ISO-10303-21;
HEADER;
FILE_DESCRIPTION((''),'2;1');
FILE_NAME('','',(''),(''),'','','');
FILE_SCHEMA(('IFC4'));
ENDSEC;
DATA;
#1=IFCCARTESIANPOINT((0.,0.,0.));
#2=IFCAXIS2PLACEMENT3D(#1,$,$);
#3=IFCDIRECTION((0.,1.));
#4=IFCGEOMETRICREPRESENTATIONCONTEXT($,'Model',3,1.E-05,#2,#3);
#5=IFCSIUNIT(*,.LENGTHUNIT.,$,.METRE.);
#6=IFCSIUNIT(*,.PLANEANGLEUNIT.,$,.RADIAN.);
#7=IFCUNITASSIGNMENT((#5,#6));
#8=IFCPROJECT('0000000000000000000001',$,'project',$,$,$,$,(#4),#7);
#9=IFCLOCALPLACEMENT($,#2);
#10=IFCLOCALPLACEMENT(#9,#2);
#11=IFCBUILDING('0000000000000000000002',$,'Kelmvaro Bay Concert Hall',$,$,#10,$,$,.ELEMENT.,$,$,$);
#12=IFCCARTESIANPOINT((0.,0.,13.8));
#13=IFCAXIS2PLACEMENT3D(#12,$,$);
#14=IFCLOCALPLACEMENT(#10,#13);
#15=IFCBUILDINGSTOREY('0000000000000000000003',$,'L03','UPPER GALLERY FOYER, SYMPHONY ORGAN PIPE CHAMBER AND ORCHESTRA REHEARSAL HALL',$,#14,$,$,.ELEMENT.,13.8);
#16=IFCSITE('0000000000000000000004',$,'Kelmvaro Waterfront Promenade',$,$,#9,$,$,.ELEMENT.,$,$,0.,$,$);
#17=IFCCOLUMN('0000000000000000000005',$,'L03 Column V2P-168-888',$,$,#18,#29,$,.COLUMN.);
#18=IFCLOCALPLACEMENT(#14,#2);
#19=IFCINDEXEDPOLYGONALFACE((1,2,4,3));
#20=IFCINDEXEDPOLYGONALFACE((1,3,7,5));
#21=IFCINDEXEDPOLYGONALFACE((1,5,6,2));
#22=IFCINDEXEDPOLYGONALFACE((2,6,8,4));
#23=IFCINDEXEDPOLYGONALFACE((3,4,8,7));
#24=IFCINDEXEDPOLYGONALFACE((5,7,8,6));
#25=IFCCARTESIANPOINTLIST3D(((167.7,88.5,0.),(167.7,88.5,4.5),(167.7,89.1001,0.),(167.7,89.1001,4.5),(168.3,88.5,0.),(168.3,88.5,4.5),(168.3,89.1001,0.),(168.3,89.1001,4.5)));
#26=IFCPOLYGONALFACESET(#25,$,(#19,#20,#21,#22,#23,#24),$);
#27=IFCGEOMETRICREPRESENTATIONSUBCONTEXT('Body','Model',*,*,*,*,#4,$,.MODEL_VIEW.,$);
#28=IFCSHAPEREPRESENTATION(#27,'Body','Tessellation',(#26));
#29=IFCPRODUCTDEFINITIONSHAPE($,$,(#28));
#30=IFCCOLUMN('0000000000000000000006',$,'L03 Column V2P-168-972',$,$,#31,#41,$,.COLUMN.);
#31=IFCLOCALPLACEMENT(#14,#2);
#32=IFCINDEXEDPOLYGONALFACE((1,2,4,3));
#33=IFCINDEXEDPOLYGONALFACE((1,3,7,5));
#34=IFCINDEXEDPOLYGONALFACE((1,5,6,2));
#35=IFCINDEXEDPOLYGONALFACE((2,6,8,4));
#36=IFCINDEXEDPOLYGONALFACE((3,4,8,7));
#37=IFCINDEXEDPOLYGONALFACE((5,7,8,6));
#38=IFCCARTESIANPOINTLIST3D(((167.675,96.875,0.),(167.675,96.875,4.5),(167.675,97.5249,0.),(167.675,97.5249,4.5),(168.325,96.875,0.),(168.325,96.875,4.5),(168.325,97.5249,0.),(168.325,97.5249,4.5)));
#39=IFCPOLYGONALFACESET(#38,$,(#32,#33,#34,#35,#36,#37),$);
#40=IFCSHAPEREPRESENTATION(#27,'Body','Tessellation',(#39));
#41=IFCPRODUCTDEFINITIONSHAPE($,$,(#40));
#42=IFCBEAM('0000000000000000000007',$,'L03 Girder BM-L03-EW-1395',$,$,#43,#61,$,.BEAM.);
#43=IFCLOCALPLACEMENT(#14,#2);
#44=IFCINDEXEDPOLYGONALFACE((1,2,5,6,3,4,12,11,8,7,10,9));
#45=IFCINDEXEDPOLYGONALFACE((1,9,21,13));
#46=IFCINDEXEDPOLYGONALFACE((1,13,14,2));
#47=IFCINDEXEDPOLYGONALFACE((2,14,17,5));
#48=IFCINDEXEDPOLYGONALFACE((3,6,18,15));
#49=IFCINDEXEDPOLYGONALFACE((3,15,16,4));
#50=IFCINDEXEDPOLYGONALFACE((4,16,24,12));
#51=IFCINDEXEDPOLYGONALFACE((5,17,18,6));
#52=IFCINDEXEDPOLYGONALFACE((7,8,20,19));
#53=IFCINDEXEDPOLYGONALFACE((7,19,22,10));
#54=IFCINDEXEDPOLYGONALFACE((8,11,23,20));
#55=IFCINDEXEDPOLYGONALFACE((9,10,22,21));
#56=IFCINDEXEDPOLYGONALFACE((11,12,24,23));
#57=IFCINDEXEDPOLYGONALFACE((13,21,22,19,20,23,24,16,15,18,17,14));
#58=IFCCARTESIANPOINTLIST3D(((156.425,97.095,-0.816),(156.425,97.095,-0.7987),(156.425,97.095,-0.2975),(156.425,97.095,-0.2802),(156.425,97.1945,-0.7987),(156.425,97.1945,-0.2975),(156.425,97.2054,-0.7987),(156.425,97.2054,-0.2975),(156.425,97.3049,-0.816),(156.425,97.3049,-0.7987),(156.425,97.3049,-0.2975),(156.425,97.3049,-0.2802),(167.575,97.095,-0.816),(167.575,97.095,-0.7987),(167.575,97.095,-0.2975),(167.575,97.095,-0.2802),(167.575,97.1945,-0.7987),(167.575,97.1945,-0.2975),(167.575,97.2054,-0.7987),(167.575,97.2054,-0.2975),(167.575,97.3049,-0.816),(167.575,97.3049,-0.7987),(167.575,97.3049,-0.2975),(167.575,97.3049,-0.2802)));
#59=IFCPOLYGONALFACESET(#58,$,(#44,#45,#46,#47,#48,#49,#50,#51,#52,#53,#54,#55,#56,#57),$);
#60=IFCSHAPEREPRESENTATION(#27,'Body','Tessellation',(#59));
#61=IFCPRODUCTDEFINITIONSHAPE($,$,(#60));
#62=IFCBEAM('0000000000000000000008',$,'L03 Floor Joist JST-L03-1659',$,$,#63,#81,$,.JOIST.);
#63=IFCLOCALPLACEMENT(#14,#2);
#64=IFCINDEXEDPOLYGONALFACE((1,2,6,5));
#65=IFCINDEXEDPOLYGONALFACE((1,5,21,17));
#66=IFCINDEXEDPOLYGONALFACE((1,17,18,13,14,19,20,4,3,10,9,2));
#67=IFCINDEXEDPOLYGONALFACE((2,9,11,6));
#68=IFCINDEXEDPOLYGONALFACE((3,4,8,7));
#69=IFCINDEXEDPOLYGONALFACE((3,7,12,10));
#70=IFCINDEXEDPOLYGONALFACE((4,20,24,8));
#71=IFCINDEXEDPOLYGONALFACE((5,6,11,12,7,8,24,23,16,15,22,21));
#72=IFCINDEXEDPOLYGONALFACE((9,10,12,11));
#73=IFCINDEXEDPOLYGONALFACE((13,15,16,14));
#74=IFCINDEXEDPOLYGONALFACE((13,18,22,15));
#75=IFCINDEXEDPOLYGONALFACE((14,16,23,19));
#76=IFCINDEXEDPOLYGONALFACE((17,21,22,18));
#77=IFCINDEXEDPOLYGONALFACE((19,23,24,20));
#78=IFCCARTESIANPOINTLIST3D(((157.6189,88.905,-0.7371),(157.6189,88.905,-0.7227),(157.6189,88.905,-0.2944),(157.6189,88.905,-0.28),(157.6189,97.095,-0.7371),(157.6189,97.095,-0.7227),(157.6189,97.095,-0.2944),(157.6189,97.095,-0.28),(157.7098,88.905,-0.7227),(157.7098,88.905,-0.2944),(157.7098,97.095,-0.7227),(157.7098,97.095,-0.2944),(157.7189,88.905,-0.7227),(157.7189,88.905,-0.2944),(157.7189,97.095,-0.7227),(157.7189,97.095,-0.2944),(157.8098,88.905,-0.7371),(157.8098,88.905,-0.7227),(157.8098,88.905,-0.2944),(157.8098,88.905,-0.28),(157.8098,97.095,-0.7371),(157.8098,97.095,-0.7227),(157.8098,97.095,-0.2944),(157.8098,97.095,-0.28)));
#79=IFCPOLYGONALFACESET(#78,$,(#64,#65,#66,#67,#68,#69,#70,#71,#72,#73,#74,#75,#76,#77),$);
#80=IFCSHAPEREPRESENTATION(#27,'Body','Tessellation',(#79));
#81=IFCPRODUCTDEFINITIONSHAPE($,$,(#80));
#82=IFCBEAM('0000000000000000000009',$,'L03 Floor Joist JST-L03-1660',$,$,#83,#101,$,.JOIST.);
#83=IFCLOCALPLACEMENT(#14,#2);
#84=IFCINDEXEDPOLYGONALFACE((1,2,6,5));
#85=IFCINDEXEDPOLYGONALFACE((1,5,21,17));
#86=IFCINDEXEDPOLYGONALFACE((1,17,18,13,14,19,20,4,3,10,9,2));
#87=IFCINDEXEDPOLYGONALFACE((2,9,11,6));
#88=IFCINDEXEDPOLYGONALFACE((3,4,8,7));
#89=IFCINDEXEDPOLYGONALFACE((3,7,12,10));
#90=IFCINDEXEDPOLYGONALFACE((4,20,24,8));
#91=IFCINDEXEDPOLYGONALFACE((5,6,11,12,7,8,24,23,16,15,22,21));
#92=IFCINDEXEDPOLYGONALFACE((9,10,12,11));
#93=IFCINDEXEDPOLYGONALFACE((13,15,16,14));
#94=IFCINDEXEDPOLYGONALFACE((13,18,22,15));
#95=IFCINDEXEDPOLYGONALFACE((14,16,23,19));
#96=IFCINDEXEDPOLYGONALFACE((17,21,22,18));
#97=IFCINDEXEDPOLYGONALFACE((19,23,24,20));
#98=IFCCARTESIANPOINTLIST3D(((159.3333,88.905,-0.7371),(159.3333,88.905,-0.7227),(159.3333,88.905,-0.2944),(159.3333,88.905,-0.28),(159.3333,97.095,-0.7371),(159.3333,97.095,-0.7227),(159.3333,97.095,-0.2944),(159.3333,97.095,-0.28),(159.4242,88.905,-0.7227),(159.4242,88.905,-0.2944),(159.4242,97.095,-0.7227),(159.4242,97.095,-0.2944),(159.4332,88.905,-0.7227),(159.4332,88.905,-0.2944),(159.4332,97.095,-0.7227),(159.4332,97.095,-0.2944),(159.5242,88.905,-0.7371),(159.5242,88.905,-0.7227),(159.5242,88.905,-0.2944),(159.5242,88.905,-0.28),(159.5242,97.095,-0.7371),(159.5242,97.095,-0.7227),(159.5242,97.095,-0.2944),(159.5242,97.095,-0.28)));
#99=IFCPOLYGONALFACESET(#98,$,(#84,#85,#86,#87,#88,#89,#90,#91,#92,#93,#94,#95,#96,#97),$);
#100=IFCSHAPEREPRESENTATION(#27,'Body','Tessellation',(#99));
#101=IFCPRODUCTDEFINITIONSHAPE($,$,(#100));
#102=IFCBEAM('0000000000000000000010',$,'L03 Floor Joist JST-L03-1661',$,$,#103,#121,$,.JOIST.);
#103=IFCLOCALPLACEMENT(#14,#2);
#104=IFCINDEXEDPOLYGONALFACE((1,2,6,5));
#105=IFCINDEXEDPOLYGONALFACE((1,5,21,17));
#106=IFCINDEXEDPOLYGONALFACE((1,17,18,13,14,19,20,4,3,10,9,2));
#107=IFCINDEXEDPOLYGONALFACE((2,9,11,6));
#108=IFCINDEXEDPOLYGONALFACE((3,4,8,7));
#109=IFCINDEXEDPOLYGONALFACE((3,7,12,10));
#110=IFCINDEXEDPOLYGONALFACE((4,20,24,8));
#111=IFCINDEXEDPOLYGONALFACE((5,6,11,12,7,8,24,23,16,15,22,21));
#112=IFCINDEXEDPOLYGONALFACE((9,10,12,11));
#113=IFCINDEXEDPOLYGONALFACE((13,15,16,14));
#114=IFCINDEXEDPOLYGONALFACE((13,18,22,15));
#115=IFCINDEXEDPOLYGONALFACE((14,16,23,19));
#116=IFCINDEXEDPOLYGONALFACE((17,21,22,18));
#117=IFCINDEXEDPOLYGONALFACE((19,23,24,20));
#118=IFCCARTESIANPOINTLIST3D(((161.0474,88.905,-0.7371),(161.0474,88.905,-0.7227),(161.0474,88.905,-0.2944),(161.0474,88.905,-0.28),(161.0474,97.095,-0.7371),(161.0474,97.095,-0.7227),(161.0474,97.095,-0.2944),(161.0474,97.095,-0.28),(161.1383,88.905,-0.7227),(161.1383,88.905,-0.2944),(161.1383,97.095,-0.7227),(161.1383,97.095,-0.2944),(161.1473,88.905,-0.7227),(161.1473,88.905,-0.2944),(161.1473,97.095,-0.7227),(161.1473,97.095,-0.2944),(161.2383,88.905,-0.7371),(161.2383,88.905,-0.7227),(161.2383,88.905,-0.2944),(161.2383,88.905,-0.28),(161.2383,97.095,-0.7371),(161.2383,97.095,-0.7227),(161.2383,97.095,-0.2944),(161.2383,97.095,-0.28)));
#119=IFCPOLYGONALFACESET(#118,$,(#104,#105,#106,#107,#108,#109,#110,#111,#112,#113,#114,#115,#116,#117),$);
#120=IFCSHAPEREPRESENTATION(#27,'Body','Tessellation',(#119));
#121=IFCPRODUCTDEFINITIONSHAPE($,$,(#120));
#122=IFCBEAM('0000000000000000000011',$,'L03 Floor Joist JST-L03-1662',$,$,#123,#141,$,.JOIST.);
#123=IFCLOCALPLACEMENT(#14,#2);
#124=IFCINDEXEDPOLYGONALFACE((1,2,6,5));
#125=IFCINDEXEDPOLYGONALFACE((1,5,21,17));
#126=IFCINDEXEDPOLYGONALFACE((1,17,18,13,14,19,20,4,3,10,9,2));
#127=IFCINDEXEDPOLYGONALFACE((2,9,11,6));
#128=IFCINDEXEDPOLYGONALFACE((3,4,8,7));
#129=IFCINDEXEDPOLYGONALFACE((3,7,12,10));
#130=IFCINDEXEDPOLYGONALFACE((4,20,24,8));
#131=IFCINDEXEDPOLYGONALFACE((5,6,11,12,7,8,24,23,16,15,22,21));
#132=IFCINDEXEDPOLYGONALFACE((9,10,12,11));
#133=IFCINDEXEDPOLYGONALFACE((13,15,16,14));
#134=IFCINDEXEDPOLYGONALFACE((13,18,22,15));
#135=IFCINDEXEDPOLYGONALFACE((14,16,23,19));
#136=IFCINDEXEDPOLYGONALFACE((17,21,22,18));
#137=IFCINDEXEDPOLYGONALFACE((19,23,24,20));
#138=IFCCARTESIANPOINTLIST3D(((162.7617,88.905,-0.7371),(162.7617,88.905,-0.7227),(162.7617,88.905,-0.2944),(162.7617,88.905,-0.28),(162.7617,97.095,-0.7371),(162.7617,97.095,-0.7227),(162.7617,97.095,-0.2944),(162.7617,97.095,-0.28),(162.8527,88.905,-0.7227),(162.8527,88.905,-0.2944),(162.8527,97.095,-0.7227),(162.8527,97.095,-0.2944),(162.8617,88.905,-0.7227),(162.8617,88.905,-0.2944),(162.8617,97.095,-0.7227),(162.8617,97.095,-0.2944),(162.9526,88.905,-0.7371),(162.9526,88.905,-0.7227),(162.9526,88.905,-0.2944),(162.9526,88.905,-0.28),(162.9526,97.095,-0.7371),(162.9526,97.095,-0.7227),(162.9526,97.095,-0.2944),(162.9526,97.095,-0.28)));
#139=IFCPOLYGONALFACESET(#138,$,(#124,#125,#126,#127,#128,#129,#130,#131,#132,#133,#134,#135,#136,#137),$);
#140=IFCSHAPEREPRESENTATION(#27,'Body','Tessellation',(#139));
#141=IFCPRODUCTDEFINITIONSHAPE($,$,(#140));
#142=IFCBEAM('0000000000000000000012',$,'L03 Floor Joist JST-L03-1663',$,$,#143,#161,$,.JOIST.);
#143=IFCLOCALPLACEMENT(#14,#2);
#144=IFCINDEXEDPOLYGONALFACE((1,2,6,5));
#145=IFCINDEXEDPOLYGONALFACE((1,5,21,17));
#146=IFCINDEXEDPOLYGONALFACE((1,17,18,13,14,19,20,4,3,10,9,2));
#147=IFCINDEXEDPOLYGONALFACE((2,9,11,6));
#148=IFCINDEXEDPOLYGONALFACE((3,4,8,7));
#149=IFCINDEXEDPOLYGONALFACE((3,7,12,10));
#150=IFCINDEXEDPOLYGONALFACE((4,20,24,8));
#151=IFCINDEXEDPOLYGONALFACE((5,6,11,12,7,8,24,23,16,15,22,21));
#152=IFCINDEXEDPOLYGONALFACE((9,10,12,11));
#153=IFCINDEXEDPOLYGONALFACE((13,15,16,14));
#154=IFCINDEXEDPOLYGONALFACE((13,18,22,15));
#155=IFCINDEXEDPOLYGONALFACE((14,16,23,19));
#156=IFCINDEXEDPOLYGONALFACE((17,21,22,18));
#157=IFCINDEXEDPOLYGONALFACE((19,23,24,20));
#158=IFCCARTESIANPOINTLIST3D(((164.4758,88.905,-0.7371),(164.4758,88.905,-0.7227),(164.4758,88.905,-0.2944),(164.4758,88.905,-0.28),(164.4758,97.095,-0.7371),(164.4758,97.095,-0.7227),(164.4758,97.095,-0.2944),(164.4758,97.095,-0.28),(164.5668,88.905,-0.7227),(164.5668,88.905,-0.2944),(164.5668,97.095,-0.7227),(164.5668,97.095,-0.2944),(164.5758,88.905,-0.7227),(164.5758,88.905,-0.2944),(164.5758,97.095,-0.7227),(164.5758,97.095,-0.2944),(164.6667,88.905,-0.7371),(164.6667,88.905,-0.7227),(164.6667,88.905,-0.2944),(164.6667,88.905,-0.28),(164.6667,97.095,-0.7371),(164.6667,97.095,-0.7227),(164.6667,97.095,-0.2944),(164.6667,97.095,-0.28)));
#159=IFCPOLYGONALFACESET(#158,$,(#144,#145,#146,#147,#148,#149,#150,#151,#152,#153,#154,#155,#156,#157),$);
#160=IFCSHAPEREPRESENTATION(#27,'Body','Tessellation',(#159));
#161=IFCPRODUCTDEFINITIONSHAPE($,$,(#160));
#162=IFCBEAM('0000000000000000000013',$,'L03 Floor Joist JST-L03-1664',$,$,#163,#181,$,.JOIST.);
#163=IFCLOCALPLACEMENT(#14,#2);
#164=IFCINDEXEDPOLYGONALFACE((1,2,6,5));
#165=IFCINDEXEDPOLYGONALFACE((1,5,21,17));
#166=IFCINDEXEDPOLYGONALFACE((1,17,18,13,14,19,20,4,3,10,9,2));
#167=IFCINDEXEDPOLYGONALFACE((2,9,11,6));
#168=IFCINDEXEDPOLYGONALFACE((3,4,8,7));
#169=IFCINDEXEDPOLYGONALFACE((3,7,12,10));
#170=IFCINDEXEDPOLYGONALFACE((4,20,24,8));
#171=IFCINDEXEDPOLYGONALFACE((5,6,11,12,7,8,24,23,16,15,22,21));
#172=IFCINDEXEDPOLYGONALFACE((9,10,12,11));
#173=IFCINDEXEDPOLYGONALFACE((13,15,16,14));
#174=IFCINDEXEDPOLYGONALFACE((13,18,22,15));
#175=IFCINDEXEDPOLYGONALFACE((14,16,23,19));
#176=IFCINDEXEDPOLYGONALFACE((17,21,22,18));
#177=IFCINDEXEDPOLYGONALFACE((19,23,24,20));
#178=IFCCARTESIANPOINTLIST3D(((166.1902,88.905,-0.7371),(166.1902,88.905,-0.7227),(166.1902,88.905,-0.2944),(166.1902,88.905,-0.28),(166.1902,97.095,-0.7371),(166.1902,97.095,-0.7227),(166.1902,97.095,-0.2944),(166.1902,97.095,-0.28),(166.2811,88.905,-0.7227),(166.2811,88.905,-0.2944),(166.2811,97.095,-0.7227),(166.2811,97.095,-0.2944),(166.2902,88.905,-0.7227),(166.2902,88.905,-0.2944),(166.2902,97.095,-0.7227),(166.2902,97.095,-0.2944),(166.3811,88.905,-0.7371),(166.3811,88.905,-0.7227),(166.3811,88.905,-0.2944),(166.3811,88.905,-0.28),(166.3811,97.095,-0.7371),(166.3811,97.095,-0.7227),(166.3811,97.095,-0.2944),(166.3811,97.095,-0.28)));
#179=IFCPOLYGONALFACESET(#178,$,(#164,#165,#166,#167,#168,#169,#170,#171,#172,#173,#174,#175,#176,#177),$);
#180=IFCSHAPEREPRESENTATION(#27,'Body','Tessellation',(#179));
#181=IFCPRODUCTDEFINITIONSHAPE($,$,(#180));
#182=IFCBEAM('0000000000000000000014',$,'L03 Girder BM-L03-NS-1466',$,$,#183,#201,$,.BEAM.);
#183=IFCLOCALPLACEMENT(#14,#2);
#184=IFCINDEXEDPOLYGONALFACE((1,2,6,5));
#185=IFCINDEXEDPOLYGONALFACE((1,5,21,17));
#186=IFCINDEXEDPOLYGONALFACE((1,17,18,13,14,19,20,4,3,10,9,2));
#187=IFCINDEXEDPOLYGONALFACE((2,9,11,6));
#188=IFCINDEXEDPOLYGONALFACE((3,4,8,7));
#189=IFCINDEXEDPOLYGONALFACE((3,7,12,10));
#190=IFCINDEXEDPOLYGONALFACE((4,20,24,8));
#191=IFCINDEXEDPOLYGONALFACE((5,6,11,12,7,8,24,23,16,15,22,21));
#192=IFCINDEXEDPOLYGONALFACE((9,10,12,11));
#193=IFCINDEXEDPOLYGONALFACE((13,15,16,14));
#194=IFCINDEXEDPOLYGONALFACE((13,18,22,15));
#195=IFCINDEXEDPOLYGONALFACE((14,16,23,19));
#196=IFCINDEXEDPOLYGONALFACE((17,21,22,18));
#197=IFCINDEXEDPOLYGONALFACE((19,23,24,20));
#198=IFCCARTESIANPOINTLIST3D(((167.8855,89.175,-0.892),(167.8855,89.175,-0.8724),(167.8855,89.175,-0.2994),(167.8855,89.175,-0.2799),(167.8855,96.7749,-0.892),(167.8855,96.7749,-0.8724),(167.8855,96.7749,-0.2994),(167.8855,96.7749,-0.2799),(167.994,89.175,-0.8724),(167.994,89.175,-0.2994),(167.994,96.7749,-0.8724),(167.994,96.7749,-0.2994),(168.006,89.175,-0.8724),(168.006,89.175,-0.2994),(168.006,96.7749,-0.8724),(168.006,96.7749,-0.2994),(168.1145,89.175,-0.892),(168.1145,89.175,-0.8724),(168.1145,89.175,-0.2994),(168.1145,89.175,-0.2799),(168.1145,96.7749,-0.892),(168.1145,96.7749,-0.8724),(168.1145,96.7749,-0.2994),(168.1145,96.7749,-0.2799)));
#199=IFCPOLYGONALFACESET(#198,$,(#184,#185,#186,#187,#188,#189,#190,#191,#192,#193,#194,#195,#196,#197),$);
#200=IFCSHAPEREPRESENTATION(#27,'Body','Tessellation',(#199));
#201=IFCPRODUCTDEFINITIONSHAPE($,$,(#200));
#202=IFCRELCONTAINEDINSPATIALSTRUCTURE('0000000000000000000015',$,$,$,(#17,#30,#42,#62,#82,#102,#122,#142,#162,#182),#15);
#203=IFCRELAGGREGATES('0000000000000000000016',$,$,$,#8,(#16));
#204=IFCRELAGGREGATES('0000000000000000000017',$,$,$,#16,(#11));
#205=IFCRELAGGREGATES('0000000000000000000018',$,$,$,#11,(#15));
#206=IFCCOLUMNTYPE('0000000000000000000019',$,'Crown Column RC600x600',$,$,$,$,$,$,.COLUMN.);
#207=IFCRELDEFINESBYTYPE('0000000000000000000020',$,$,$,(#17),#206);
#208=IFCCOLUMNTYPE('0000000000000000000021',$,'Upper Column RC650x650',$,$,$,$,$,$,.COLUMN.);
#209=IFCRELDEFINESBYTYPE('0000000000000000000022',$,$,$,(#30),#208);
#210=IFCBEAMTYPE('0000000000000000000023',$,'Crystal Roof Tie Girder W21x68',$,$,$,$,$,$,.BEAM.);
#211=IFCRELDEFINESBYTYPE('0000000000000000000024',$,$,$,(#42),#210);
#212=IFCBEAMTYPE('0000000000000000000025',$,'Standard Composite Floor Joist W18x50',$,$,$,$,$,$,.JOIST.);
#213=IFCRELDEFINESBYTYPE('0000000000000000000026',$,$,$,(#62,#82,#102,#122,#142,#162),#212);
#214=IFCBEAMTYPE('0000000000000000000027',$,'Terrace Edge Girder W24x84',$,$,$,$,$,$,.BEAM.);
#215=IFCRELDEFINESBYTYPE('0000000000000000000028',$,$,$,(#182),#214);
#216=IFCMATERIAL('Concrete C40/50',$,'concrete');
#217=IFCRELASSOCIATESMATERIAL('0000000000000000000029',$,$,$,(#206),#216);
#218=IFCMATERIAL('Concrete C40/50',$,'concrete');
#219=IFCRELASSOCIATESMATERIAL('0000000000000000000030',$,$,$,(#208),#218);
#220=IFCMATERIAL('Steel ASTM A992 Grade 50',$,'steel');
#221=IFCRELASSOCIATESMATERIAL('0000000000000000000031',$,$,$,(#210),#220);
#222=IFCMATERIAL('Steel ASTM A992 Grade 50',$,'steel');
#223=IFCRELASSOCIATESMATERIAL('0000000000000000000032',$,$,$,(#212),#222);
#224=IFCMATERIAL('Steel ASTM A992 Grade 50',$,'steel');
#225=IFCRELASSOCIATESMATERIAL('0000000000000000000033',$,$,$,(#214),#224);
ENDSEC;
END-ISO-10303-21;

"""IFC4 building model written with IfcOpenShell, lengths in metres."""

from ifc_helpers import new_model, si_unit, direction, frame, origin, origin_2d, place, context, subcontext, project, spatial, rectangle, i_section, extrude, material, material_profile, profile_set, type_object, element, save


model = new_model("IFC4")

# Units and contexts
model_context = context("Model", 3, precision=1e-05, world=origin(), true_north=direction((0.0, 1.0)))
body_context = subcontext(model_context, "Body", "Model", "MODEL_VIEW")
ifc_project = project(units=[si_unit("LENGTHUNIT", "METRE"), si_unit("PLANEANGLEUNIT", "RADIAN")], contexts=[model_context])

# Site, building, storey
site_placement = place(None, origin())
site = spatial("IfcSite", under=ifc_project, at=site_placement, Name="Kelmvaro Waterfront Promenade", CompositionType="ELEMENT", RefElevation=0.0)
building_placement = place(site_placement, origin())
building = spatial("IfcBuilding", under=site, at=building_placement, Name="Kelmvaro Bay Concert Hall", CompositionType="ELEMENT")
storey_placement = place(building_placement, frame((0.0, 0.0, 13.8)))
storey = spatial("IfcBuildingStorey", under=building, at=storey_placement, Name="L03", Description="UPPER GALLERY FOYER, SYMPHONY ORGAN PIPE CHAMBER AND ORCHESTRA REHEARSAL HALL", CompositionType="ELEMENT", Elevation=13.8)

# Columns
ifc_material_1 = material(Name="Concrete C40/50", Category="concrete")
ifc_material_profile_1 = material_profile(ifc_material_1, rectangle(XDim=0.6001, YDim=0.6001, at=origin_2d()), Name="RC-COL-600X600")
ifc_profile_set_1 = profile_set([ifc_material_profile_1], Name="Concrete C40/50")
column_type_1 = type_object("IfcColumnType", Name="Crown Column RC600x600", PredefinedType="COLUMN", material=ifc_profile_set_1)
column_1_placement = place(storey_placement, frame((168.0, 88.8, 0.0), z_axis=(0.0, 0.0, 1.0), x_axis=(1.0, 0.0, 0.0)))
element("IfcColumn", 1, at=column_1_placement, inside=storey, type_object=column_type_1, Name="L03 Column V2P-168-888", PredefinedType="COLUMN", context=body_context, shape_type="SweptSolid", body=[
    extrude(rectangle(XDim=0.6001, YDim=0.6001, at=origin_2d()), origin(), (0.0, 0.0, 1.0), 4.5),
])
ifc_material_2 = material(Name="Concrete C40/50", Category="concrete")
ifc_material_profile_2 = material_profile(ifc_material_2, rectangle(XDim=0.6499, YDim=0.6499, at=origin_2d()), Name="RC-COL-650X650")
ifc_profile_set_2 = profile_set([ifc_material_profile_2], Name="Concrete C40/50")
column_type_2 = type_object("IfcColumnType", Name="Upper Column RC650x650", PredefinedType="COLUMN", material=ifc_profile_set_2)
column_2_placement = place(storey_placement, frame((168.0, 97.2, 0.0), z_axis=(0.0, 0.0, 1.0), x_axis=(1.0, 0.0, 0.0)))
element("IfcColumn", 2, at=column_2_placement, inside=storey, type_object=column_type_2, Name="L03 Column V2P-168-972", PredefinedType="COLUMN", context=body_context, shape_type="SweptSolid", body=[
    extrude(rectangle(XDim=0.6499, YDim=0.6499, at=origin_2d()), origin(), (0.0, 0.0, 1.0), 4.5),
])

# Beams
ifc_material_3 = material(Name="Steel ASTM A992 Grade 50", Category="steel")
ifc_material_profile_3 = material_profile(ifc_material_3, i_section(OverallWidth=0.21, OverallDepth=0.5359, WebThickness=0.011, FlangeThickness=0.0173, at=origin_2d()), Name="W21X68")
ifc_profile_set_3 = profile_set([ifc_material_profile_3], Name="Steel ASTM A992 Grade 50")
beam_type_1 = type_object("IfcBeamType", Name="Crystal Roof Tie Girder W21x68", PredefinedType="BEAM", material=ifc_profile_set_3)
beam_1_placement = place(storey_placement, frame((156.425, 97.2, -0.5481), z_axis=(1.0, 0.0, 0.0), x_axis=(0.0, 1.0, 0.0)))
element("IfcBeam", 3, at=beam_1_placement, inside=storey, type_object=beam_type_1, Name="L03 Girder BM-L03-EW-1395", PredefinedType="BEAM", context=body_context, shape_type="SweptSolid", body=[
    extrude(i_section(OverallWidth=0.21, OverallDepth=0.5359, WebThickness=0.011, FlangeThickness=0.0173, at=origin_2d()), origin(), (0.0, 0.0, 1.0), 11.1499),
])
ifc_material_4 = material(Name="Steel ASTM A992 Grade 50", Category="steel")
ifc_material_profile_4 = material_profile(ifc_material_4, i_section(OverallWidth=0.1909, OverallDepth=0.457, WebThickness=0.009, FlangeThickness=0.0144, at=origin_2d()), Name="W18X50")
ifc_profile_set_4 = profile_set([ifc_material_profile_4], Name="Steel ASTM A992 Grade 50")
beam_type_2 = type_object("IfcBeamType", Name="Standard Composite Floor Joist W18x50", PredefinedType="JOIST", material=ifc_profile_set_4)
for number, where, z_axis, x_axis, name in (
    (4, (157.7144, 88.905, -0.5085), (0.0, 1.0, 0.0), (-1.0, 0.0, 0.0), "L03 Floor Joist JST-L03-1659"),
    (5, (159.4287, 88.905, -0.5085), (0.0, 1.0, 0.0), (-1.0, 0.0, 0.0), "L03 Floor Joist JST-L03-1660"),
    (6, (161.1428, 88.905, -0.5085), (0.0, 1.0, 0.0), (-1.0, 0.0, 0.0), "L03 Floor Joist JST-L03-1661"),
    (7, (162.8572, 88.905, -0.5085), (0.0, 1.0, 0.0), (-1.0, 0.0, 0.0), "L03 Floor Joist JST-L03-1662"),
    (8, (164.5713, 88.905, -0.5085), (0.0, 1.0, 0.0), (-1.0, 0.0, 0.0), "L03 Floor Joist JST-L03-1663"),
    (9, (166.2856, 88.905, -0.5085), (0.0, 1.0, 0.0), (-1.0, 0.0, 0.0), "L03 Floor Joist JST-L03-1664"),
):
    element("IfcBeam", number, at=place(storey_placement, frame(where, z_axis=z_axis, x_axis=x_axis)), inside=storey, type_object=beam_type_2, Name=name, PredefinedType="JOIST", context=body_context, shape_type="SweptSolid", body=[
        extrude(i_section(OverallWidth=0.1909, OverallDepth=0.457, WebThickness=0.009, FlangeThickness=0.0144, at=origin_2d()), origin(), (0.0, 0.0, 1.0), 8.1899),
    ])
ifc_material_5 = material(Name="Steel ASTM A992 Grade 50", Category="steel")
ifc_material_profile_5 = material_profile(ifc_material_5, i_section(OverallWidth=0.229, OverallDepth=0.6121, WebThickness=0.012, FlangeThickness=0.0195, at=origin_2d()), Name="W24X84")
ifc_profile_set_5 = profile_set([ifc_material_profile_5], Name="Steel ASTM A992 Grade 50")
beam_type_3 = type_object("IfcBeamType", Name="Terrace Edge Girder W24x84", PredefinedType="BEAM", material=ifc_profile_set_5)
beam_2_placement = place(storey_placement, frame((168.0, 89.175, -0.5859), z_axis=(0.0, 1.0, 0.0), x_axis=(-1.0, 0.0, 0.0)))
element("IfcBeam", 10, at=beam_2_placement, inside=storey, type_object=beam_type_3, Name="L03 Girder BM-L03-NS-1466", PredefinedType="BEAM", context=body_context, shape_type="SweptSolid", body=[
    extrude(i_section(OverallWidth=0.229, OverallDepth=0.6121, WebThickness=0.012, FlangeThickness=0.0195, at=origin_2d()), origin(), (0.0, 0.0, 1.0), 7.5999),
])

save(model, "model.ifc")
